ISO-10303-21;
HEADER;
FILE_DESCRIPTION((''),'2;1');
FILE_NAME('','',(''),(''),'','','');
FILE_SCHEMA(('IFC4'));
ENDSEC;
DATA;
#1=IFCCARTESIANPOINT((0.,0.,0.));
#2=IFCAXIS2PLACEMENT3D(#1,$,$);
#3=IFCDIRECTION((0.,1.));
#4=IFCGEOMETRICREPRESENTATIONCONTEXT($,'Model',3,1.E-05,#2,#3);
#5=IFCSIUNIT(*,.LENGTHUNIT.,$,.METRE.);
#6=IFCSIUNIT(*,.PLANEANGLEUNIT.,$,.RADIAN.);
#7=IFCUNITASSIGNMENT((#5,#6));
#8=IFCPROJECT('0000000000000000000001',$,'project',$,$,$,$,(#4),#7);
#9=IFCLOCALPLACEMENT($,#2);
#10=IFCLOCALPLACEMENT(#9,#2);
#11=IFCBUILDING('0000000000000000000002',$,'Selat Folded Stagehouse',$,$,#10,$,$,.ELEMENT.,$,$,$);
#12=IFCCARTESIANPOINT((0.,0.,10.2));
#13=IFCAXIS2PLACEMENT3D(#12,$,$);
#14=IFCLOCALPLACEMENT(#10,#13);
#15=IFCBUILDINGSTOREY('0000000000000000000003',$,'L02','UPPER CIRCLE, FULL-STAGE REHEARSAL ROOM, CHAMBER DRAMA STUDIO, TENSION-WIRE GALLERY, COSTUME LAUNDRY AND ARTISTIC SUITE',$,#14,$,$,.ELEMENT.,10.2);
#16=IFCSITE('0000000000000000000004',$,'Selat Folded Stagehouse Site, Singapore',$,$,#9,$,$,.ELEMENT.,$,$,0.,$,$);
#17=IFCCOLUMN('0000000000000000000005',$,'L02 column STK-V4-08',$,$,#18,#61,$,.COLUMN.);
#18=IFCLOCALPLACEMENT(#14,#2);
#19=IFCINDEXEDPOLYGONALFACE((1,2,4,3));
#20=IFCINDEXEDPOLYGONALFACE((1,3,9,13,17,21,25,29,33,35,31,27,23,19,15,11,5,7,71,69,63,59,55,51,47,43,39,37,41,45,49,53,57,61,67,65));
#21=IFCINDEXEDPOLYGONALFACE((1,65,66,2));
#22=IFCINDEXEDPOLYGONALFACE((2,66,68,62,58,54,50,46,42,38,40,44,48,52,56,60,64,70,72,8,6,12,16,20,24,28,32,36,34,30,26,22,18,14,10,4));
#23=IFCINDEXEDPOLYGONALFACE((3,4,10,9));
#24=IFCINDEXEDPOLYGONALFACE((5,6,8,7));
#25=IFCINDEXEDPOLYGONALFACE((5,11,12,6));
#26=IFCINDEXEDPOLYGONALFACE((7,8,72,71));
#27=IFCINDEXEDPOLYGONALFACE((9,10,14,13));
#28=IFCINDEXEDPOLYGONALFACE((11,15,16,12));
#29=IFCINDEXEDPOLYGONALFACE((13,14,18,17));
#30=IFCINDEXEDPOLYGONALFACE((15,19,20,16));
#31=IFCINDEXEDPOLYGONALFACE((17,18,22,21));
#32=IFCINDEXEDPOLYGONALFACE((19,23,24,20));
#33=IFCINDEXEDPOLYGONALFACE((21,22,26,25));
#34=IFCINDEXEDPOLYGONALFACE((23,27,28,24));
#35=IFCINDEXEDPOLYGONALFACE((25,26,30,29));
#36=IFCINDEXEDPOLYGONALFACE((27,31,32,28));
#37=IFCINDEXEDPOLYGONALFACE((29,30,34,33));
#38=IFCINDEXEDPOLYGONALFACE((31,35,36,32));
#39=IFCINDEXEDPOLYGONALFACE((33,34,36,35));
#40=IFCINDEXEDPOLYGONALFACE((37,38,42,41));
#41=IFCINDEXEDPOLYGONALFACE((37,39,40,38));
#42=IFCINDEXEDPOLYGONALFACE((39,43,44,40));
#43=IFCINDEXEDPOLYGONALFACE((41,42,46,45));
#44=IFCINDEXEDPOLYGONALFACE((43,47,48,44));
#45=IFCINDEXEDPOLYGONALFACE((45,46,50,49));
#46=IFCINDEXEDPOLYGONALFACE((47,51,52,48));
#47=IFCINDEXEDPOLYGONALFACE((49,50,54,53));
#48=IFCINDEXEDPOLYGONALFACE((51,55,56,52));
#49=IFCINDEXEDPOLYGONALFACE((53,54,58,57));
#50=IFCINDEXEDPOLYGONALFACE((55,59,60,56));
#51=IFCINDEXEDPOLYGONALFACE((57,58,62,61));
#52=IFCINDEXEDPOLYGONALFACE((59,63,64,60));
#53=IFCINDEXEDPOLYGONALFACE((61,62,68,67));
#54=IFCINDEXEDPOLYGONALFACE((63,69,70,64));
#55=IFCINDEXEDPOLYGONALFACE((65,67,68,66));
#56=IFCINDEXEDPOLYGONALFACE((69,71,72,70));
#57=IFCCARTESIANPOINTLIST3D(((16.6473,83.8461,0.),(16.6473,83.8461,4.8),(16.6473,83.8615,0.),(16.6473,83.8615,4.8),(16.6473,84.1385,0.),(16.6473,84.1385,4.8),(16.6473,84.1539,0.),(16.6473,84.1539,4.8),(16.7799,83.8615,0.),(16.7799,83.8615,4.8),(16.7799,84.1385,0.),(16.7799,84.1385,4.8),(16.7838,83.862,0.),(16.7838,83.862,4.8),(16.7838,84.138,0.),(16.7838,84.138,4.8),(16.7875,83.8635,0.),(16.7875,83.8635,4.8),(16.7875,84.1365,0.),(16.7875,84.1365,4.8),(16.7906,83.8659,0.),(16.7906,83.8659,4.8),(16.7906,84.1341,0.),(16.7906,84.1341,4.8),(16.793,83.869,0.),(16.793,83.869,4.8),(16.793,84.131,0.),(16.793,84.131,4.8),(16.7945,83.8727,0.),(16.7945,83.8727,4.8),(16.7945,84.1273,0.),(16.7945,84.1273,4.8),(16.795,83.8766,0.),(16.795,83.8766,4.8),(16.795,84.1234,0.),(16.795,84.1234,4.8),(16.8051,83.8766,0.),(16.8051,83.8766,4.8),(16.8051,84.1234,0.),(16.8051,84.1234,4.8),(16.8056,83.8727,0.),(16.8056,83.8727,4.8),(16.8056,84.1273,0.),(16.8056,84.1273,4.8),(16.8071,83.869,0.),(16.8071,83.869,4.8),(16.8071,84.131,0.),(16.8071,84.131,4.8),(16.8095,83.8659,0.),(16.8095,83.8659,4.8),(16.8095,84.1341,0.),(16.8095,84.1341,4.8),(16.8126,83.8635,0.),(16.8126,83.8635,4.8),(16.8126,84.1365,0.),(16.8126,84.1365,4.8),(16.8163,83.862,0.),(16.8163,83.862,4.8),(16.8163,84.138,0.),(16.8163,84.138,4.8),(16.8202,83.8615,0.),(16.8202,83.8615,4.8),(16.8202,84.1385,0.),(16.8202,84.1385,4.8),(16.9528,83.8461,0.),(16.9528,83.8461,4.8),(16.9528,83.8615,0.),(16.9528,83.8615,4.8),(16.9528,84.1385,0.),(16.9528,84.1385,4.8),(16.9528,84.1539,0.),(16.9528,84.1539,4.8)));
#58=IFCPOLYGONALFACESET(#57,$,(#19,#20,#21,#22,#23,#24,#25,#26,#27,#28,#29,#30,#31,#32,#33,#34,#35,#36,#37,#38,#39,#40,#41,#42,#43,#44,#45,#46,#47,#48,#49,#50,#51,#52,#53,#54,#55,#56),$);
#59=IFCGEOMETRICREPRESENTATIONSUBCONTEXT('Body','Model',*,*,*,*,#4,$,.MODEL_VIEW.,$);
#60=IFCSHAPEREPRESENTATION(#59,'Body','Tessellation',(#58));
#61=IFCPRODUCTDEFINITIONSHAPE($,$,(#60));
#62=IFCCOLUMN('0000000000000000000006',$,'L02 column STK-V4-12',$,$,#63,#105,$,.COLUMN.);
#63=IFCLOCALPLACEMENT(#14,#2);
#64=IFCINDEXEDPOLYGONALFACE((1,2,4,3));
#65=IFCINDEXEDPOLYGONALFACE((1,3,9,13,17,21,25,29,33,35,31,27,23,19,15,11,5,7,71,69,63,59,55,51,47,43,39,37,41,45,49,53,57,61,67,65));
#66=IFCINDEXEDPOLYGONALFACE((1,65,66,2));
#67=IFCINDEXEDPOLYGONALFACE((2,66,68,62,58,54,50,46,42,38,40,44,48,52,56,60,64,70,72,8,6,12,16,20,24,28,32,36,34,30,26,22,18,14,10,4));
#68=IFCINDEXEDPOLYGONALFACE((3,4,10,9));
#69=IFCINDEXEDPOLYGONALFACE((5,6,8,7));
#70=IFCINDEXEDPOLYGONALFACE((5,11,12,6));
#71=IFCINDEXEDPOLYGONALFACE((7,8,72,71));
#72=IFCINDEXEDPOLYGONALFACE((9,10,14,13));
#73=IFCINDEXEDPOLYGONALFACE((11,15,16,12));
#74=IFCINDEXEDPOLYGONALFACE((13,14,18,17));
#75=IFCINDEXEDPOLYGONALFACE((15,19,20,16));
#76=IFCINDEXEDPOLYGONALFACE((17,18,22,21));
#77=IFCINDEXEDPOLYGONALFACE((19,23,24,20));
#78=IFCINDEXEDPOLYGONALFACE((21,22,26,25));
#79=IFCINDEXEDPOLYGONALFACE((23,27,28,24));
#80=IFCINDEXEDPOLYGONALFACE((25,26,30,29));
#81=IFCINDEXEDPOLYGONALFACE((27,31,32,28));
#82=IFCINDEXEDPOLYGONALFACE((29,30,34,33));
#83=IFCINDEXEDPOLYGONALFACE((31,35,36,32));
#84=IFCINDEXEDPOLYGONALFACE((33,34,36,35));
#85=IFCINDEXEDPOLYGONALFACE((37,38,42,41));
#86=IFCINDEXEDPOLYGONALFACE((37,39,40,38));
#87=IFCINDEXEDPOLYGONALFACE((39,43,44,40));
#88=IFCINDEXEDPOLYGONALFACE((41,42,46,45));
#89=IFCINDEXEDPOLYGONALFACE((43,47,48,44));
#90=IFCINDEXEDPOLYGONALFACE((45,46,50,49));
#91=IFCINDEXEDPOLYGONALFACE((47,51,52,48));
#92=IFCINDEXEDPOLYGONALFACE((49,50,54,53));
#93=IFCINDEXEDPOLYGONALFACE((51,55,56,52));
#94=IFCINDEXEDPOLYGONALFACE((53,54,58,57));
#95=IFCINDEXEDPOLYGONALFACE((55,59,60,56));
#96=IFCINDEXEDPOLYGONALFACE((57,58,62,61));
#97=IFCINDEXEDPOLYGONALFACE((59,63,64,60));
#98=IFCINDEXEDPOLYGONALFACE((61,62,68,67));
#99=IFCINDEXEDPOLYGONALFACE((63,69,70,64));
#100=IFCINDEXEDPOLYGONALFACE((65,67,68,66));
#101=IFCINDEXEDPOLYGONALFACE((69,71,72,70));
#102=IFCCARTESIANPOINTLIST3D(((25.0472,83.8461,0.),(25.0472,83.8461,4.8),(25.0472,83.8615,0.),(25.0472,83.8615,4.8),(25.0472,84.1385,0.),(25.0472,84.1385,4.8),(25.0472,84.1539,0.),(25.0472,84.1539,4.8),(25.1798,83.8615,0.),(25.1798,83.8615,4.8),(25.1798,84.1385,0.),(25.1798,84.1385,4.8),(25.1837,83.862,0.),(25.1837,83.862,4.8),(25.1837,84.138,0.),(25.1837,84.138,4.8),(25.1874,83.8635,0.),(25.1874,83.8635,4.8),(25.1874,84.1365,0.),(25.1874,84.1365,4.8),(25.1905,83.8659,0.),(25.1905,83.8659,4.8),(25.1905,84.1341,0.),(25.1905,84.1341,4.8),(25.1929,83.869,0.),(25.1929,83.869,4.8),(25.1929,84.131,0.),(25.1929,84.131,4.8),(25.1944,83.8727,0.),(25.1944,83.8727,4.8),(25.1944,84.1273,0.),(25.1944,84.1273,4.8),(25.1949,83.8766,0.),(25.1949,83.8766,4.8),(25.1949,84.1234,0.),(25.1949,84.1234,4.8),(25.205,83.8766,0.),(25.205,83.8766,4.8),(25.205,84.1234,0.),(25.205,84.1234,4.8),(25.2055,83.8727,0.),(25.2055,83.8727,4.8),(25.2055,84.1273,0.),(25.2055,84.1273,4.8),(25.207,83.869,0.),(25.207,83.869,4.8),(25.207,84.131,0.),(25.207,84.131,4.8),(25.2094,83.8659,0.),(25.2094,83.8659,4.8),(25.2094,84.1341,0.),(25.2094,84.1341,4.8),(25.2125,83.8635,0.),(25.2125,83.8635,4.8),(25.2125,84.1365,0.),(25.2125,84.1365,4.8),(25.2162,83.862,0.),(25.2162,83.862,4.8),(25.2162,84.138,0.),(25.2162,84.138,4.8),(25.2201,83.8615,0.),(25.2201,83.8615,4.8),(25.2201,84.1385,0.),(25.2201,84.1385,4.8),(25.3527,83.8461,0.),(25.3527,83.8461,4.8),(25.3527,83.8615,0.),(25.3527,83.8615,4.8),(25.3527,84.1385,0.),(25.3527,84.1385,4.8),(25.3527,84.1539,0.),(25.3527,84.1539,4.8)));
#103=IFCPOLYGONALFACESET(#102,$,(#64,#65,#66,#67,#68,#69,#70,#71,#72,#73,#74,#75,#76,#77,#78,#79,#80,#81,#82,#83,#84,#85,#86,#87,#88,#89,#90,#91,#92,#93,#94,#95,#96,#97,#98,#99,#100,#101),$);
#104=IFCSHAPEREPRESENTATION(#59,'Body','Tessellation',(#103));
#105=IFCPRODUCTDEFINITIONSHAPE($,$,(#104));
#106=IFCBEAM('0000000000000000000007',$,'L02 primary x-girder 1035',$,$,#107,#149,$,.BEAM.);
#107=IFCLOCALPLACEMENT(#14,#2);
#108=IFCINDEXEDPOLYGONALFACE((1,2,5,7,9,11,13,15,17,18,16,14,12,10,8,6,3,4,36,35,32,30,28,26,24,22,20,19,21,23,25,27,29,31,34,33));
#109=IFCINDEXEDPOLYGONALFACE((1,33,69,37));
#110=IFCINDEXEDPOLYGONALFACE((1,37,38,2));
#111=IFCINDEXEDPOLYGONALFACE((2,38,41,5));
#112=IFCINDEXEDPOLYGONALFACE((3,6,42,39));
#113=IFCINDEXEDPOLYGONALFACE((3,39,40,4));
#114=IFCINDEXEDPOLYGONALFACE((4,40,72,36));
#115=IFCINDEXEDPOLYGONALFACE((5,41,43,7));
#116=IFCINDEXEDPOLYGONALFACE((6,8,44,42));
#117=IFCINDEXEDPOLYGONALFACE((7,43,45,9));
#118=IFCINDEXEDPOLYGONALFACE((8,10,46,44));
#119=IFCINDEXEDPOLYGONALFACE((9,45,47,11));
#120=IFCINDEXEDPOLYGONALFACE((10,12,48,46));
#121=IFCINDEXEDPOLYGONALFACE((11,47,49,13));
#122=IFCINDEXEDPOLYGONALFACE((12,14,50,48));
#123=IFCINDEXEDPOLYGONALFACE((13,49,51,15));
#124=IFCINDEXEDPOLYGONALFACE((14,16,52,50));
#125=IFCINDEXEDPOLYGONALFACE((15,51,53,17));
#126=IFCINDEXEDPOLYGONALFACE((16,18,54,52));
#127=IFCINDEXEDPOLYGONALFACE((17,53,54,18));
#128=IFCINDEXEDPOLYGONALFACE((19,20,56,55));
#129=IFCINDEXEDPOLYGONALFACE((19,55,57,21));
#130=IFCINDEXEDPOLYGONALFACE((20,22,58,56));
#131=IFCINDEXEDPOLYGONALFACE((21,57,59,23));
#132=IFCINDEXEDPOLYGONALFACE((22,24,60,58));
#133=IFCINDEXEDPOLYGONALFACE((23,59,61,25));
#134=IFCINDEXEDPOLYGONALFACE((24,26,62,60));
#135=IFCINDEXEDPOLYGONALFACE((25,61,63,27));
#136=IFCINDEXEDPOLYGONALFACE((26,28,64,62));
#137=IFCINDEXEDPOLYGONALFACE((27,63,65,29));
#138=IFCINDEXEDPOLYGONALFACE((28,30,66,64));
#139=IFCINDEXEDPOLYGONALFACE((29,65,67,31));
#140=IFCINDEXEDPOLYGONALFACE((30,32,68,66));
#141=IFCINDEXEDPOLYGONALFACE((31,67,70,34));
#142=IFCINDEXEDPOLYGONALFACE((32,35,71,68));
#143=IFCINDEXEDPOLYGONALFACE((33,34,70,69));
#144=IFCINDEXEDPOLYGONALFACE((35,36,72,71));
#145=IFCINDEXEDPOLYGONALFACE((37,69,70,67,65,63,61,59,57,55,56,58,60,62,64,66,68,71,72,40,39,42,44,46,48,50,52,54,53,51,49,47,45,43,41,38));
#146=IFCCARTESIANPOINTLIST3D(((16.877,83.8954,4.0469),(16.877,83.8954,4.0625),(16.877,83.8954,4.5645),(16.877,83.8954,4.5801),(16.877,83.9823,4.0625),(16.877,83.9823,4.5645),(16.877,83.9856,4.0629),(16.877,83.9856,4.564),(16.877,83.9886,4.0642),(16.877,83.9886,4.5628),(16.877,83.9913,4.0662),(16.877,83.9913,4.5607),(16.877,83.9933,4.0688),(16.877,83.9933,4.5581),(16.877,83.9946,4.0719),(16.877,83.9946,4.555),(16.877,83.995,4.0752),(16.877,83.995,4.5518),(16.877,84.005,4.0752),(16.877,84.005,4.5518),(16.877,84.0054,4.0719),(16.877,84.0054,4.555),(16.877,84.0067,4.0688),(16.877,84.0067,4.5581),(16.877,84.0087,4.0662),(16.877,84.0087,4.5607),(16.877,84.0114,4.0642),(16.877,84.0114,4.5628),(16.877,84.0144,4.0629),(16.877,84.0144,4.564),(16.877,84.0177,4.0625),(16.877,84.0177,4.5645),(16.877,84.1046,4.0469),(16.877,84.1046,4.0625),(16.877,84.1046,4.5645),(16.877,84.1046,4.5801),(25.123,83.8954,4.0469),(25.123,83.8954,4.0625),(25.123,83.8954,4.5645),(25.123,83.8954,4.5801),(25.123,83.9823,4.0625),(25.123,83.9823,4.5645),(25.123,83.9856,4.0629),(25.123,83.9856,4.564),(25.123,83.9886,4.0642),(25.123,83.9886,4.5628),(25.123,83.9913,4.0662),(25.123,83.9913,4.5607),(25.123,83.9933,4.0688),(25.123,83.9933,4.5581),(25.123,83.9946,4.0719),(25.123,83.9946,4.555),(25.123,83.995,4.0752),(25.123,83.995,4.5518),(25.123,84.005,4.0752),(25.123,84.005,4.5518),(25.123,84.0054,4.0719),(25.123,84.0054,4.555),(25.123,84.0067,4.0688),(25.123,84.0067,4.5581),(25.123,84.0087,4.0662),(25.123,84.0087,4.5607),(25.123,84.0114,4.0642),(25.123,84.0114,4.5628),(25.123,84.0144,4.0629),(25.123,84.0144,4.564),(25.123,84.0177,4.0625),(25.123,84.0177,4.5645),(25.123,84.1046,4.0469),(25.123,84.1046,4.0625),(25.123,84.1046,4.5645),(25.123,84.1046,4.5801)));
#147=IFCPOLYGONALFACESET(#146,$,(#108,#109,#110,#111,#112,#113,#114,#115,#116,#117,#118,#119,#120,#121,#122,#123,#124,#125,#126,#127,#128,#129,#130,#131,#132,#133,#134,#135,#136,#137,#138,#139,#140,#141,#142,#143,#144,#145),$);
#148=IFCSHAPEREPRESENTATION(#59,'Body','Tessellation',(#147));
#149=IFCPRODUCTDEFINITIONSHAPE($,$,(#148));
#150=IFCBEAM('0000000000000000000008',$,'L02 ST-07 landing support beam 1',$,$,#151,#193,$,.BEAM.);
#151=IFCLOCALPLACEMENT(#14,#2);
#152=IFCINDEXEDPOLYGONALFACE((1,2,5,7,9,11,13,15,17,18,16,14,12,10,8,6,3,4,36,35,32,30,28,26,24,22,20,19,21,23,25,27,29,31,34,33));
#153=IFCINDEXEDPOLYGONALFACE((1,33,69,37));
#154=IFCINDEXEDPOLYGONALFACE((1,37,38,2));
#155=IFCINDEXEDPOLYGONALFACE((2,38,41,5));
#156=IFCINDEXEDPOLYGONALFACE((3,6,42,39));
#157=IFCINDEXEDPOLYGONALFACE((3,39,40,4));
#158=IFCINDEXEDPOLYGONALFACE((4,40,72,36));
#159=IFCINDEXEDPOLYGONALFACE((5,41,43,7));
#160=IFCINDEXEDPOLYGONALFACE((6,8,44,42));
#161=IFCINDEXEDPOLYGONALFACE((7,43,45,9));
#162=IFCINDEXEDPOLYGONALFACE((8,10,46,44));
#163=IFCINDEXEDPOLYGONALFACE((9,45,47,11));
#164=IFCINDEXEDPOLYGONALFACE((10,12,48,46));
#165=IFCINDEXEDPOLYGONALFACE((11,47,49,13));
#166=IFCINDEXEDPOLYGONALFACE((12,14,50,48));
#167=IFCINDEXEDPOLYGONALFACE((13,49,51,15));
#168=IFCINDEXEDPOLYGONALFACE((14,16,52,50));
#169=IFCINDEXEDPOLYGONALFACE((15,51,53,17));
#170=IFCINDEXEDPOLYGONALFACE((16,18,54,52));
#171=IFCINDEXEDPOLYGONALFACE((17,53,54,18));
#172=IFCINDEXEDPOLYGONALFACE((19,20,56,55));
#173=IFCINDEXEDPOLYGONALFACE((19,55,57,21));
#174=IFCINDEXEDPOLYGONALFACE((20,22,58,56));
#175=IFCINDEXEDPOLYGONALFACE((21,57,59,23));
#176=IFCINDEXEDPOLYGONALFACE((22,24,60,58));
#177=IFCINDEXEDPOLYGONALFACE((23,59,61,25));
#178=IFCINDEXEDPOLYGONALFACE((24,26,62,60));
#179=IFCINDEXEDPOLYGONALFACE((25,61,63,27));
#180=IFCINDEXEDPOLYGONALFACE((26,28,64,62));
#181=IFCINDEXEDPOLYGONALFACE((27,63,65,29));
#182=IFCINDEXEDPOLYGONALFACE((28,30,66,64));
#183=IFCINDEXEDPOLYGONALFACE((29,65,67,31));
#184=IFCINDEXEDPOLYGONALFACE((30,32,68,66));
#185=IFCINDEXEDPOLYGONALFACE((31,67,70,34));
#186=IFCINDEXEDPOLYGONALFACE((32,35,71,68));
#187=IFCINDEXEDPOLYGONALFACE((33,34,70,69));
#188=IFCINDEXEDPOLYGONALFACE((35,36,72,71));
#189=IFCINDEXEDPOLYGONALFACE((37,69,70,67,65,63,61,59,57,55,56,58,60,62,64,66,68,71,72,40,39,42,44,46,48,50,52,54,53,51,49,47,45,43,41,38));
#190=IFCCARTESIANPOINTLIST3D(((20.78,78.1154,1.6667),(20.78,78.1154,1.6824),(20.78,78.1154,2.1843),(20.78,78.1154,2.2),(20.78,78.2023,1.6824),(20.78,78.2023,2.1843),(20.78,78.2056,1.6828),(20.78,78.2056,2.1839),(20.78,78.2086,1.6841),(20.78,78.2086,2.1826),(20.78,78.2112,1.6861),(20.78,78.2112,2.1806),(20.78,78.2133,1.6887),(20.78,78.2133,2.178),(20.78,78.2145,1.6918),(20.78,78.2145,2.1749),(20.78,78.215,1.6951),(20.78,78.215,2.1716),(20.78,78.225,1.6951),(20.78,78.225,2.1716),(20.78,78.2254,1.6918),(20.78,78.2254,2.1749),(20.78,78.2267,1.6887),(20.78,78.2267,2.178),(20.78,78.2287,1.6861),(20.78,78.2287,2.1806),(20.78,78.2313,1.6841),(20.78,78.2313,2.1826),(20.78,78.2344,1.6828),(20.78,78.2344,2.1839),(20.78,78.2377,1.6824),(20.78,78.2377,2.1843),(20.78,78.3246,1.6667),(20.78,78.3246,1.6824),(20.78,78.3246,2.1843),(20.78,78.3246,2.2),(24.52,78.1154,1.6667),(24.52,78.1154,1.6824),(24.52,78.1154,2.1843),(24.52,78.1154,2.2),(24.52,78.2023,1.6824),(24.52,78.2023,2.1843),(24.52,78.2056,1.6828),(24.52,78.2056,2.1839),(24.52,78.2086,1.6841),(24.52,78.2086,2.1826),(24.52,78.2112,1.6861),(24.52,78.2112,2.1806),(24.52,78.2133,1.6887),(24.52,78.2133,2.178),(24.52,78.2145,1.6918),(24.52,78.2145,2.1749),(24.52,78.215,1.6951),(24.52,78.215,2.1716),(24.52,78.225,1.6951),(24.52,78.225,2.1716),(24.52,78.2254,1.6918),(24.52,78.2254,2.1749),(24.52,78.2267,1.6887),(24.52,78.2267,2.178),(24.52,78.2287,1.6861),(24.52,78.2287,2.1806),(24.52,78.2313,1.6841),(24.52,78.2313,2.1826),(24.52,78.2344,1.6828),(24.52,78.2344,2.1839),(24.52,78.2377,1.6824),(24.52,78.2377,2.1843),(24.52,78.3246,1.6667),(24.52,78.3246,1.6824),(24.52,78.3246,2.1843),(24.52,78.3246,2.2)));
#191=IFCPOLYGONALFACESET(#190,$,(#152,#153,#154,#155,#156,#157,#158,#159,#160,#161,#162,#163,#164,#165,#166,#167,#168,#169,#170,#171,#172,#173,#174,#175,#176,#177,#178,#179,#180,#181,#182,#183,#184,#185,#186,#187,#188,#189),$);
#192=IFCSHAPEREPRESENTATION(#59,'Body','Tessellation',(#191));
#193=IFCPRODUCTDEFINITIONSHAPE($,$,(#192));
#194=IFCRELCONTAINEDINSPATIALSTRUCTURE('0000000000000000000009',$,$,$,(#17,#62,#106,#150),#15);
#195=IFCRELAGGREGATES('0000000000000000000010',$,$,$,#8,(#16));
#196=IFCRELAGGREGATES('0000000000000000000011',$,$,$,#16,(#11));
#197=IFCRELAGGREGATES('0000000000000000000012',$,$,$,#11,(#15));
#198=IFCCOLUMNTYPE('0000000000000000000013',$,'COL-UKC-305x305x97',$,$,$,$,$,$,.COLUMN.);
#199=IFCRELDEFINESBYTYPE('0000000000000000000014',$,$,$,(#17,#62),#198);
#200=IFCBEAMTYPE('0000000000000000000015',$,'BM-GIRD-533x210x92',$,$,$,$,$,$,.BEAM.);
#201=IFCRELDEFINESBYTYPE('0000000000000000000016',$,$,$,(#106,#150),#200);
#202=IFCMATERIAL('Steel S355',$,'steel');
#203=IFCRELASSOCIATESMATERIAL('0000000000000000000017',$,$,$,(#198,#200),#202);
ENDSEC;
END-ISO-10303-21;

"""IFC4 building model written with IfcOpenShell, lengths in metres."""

from ifc_helpers import new_model, si_unit, direction, frame, origin, origin_2d, place, context, subcontext, project, spatial, i_section, extrude, material, material_profile, profile_set, type_object, element, save


model = new_model("IFC4")

# Units and contexts
model_context = context("Model", 3, precision=1e-05, world=origin(), true_north=direction((0.0, 1.0)))
body_context = subcontext(model_context, "Body", "Model", "MODEL_VIEW")
ifc_project = project(units=[si_unit("LENGTHUNIT", "METRE"), si_unit("PLANEANGLEUNIT", "RADIAN")], contexts=[model_context])

# Site, building, storey
site_placement = place(None, origin())
site = spatial("IfcSite", under=ifc_project, at=site_placement, Name="Selat Folded Stagehouse Site, Singapore", CompositionType="ELEMENT", RefElevation=0.0)
building_placement = place(site_placement, origin())
building = spatial("IfcBuilding", under=site, at=building_placement, Name="Selat Folded Stagehouse", CompositionType="ELEMENT")
storey_placement = place(building_placement, frame((0.0, 0.0, 10.2)))
storey = spatial("IfcBuildingStorey", under=building, at=storey_placement, Name="L02", Description="UPPER CIRCLE, FULL-STAGE REHEARSAL ROOM, CHAMBER DRAMA STUDIO, TENSION-WIRE GALLERY, COSTUME LAUNDRY AND ARTISTIC SUITE", CompositionType="ELEMENT", Elevation=10.2)

# Columns
ifc_material_1 = material(Name="Steel S355", Category="steel")
ifc_material_profile_1 = material_profile(ifc_material_1, i_section(OverallWidth=0.3054, OverallDepth=0.3079, WebThickness=0.01, FlangeThickness=0.0154, FilletRadius=0.0151, at=origin_2d()), Name="UKC 305x305x97")
ifc_profile_set_1 = profile_set([ifc_material_profile_1], Name="Steel S355")
column_type = type_object("IfcColumnType", Name="COL-UKC-305x305x97", PredefinedType="COLUMN", material=ifc_profile_set_1)
for number, where, z_axis, x_axis, name in (
    (1, (16.8, 84.0, 0.0), (0.0, 0.0, 1.0), (1.0, 0.0, 0.0), "L02 column STK-V4-08"),
    (2, (25.2, 84.0, 0.0), (0.0, 0.0, 1.0), (1.0, 0.0, 0.0), "L02 column STK-V4-12"),
):
    element("IfcColumn", number, at=place(storey_placement, frame(where, z_axis=z_axis, x_axis=x_axis)), inside=storey, type_object=column_type, Name=name, PredefinedType="COLUMN", context=body_context, shape_type="SweptSolid", body=[
        extrude(i_section(OverallWidth=0.3054, OverallDepth=0.3079, WebThickness=0.01, FlangeThickness=0.0154, FilletRadius=0.0151, at=origin_2d()), origin(), (0.0, 0.0, 1.0), 4.8),
    ])

# Beams
ifc_material_profile_2 = material_profile(ifc_material_1, i_section(OverallWidth=0.2092, OverallDepth=0.5332, WebThickness=0.01, FlangeThickness=0.0156, FilletRadius=0.0127, at=origin_2d()), Name="UKB 533x210x92")
ifc_profile_set_2 = profile_set([ifc_material_profile_2], Name="Steel S355")
beam_type_1 = type_object("IfcBeamType", Name="BM-GIRD-533x210x92", PredefinedType="BEAM", material=ifc_profile_set_2)
beam_placement = place(storey_placement, frame((16.877, 84.0, 4.3135), z_axis=(1.0, 0.0, 0.0), x_axis=(0.0, 1.0, 0.0)))
element("IfcBeam", 3, at=beam_placement, inside=storey, type_object=beam_type_1, Name="L02 primary x-girder 1035", PredefinedType="BEAM", context=body_context, shape_type="SweptSolid", body=[
    extrude(i_section(OverallWidth=0.2092, OverallDepth=0.5332, WebThickness=0.01, FlangeThickness=0.0156, FilletRadius=0.0127, at=origin_2d()), origin(), (0.0, 0.0, 1.0), 8.2461),
])
for number, where, z_axis, x_axis, name in (
    (4, (20.78, 78.22, 1.9333), (1.0, 0.0, 0.0), (0.0, 1.0, 0.0), "L02 ST-07 landing support beam 1"),
):
    element("IfcBeam", number, at=place(storey_placement, frame(where, z_axis=z_axis, x_axis=x_axis)), inside=storey, type_object=beam_type_1, Name=name, PredefinedType="BEAM", context=body_context, shape_type="SweptSolid", body=[
        extrude(i_section(OverallWidth=0.2092, OverallDepth=0.5332, WebThickness=0.01, FlangeThickness=0.0156, FilletRadius=0.0127, at=origin_2d()), origin(), (0.0, 0.0, 1.0), 3.74),
    ])

save(model, "model.ifc")
